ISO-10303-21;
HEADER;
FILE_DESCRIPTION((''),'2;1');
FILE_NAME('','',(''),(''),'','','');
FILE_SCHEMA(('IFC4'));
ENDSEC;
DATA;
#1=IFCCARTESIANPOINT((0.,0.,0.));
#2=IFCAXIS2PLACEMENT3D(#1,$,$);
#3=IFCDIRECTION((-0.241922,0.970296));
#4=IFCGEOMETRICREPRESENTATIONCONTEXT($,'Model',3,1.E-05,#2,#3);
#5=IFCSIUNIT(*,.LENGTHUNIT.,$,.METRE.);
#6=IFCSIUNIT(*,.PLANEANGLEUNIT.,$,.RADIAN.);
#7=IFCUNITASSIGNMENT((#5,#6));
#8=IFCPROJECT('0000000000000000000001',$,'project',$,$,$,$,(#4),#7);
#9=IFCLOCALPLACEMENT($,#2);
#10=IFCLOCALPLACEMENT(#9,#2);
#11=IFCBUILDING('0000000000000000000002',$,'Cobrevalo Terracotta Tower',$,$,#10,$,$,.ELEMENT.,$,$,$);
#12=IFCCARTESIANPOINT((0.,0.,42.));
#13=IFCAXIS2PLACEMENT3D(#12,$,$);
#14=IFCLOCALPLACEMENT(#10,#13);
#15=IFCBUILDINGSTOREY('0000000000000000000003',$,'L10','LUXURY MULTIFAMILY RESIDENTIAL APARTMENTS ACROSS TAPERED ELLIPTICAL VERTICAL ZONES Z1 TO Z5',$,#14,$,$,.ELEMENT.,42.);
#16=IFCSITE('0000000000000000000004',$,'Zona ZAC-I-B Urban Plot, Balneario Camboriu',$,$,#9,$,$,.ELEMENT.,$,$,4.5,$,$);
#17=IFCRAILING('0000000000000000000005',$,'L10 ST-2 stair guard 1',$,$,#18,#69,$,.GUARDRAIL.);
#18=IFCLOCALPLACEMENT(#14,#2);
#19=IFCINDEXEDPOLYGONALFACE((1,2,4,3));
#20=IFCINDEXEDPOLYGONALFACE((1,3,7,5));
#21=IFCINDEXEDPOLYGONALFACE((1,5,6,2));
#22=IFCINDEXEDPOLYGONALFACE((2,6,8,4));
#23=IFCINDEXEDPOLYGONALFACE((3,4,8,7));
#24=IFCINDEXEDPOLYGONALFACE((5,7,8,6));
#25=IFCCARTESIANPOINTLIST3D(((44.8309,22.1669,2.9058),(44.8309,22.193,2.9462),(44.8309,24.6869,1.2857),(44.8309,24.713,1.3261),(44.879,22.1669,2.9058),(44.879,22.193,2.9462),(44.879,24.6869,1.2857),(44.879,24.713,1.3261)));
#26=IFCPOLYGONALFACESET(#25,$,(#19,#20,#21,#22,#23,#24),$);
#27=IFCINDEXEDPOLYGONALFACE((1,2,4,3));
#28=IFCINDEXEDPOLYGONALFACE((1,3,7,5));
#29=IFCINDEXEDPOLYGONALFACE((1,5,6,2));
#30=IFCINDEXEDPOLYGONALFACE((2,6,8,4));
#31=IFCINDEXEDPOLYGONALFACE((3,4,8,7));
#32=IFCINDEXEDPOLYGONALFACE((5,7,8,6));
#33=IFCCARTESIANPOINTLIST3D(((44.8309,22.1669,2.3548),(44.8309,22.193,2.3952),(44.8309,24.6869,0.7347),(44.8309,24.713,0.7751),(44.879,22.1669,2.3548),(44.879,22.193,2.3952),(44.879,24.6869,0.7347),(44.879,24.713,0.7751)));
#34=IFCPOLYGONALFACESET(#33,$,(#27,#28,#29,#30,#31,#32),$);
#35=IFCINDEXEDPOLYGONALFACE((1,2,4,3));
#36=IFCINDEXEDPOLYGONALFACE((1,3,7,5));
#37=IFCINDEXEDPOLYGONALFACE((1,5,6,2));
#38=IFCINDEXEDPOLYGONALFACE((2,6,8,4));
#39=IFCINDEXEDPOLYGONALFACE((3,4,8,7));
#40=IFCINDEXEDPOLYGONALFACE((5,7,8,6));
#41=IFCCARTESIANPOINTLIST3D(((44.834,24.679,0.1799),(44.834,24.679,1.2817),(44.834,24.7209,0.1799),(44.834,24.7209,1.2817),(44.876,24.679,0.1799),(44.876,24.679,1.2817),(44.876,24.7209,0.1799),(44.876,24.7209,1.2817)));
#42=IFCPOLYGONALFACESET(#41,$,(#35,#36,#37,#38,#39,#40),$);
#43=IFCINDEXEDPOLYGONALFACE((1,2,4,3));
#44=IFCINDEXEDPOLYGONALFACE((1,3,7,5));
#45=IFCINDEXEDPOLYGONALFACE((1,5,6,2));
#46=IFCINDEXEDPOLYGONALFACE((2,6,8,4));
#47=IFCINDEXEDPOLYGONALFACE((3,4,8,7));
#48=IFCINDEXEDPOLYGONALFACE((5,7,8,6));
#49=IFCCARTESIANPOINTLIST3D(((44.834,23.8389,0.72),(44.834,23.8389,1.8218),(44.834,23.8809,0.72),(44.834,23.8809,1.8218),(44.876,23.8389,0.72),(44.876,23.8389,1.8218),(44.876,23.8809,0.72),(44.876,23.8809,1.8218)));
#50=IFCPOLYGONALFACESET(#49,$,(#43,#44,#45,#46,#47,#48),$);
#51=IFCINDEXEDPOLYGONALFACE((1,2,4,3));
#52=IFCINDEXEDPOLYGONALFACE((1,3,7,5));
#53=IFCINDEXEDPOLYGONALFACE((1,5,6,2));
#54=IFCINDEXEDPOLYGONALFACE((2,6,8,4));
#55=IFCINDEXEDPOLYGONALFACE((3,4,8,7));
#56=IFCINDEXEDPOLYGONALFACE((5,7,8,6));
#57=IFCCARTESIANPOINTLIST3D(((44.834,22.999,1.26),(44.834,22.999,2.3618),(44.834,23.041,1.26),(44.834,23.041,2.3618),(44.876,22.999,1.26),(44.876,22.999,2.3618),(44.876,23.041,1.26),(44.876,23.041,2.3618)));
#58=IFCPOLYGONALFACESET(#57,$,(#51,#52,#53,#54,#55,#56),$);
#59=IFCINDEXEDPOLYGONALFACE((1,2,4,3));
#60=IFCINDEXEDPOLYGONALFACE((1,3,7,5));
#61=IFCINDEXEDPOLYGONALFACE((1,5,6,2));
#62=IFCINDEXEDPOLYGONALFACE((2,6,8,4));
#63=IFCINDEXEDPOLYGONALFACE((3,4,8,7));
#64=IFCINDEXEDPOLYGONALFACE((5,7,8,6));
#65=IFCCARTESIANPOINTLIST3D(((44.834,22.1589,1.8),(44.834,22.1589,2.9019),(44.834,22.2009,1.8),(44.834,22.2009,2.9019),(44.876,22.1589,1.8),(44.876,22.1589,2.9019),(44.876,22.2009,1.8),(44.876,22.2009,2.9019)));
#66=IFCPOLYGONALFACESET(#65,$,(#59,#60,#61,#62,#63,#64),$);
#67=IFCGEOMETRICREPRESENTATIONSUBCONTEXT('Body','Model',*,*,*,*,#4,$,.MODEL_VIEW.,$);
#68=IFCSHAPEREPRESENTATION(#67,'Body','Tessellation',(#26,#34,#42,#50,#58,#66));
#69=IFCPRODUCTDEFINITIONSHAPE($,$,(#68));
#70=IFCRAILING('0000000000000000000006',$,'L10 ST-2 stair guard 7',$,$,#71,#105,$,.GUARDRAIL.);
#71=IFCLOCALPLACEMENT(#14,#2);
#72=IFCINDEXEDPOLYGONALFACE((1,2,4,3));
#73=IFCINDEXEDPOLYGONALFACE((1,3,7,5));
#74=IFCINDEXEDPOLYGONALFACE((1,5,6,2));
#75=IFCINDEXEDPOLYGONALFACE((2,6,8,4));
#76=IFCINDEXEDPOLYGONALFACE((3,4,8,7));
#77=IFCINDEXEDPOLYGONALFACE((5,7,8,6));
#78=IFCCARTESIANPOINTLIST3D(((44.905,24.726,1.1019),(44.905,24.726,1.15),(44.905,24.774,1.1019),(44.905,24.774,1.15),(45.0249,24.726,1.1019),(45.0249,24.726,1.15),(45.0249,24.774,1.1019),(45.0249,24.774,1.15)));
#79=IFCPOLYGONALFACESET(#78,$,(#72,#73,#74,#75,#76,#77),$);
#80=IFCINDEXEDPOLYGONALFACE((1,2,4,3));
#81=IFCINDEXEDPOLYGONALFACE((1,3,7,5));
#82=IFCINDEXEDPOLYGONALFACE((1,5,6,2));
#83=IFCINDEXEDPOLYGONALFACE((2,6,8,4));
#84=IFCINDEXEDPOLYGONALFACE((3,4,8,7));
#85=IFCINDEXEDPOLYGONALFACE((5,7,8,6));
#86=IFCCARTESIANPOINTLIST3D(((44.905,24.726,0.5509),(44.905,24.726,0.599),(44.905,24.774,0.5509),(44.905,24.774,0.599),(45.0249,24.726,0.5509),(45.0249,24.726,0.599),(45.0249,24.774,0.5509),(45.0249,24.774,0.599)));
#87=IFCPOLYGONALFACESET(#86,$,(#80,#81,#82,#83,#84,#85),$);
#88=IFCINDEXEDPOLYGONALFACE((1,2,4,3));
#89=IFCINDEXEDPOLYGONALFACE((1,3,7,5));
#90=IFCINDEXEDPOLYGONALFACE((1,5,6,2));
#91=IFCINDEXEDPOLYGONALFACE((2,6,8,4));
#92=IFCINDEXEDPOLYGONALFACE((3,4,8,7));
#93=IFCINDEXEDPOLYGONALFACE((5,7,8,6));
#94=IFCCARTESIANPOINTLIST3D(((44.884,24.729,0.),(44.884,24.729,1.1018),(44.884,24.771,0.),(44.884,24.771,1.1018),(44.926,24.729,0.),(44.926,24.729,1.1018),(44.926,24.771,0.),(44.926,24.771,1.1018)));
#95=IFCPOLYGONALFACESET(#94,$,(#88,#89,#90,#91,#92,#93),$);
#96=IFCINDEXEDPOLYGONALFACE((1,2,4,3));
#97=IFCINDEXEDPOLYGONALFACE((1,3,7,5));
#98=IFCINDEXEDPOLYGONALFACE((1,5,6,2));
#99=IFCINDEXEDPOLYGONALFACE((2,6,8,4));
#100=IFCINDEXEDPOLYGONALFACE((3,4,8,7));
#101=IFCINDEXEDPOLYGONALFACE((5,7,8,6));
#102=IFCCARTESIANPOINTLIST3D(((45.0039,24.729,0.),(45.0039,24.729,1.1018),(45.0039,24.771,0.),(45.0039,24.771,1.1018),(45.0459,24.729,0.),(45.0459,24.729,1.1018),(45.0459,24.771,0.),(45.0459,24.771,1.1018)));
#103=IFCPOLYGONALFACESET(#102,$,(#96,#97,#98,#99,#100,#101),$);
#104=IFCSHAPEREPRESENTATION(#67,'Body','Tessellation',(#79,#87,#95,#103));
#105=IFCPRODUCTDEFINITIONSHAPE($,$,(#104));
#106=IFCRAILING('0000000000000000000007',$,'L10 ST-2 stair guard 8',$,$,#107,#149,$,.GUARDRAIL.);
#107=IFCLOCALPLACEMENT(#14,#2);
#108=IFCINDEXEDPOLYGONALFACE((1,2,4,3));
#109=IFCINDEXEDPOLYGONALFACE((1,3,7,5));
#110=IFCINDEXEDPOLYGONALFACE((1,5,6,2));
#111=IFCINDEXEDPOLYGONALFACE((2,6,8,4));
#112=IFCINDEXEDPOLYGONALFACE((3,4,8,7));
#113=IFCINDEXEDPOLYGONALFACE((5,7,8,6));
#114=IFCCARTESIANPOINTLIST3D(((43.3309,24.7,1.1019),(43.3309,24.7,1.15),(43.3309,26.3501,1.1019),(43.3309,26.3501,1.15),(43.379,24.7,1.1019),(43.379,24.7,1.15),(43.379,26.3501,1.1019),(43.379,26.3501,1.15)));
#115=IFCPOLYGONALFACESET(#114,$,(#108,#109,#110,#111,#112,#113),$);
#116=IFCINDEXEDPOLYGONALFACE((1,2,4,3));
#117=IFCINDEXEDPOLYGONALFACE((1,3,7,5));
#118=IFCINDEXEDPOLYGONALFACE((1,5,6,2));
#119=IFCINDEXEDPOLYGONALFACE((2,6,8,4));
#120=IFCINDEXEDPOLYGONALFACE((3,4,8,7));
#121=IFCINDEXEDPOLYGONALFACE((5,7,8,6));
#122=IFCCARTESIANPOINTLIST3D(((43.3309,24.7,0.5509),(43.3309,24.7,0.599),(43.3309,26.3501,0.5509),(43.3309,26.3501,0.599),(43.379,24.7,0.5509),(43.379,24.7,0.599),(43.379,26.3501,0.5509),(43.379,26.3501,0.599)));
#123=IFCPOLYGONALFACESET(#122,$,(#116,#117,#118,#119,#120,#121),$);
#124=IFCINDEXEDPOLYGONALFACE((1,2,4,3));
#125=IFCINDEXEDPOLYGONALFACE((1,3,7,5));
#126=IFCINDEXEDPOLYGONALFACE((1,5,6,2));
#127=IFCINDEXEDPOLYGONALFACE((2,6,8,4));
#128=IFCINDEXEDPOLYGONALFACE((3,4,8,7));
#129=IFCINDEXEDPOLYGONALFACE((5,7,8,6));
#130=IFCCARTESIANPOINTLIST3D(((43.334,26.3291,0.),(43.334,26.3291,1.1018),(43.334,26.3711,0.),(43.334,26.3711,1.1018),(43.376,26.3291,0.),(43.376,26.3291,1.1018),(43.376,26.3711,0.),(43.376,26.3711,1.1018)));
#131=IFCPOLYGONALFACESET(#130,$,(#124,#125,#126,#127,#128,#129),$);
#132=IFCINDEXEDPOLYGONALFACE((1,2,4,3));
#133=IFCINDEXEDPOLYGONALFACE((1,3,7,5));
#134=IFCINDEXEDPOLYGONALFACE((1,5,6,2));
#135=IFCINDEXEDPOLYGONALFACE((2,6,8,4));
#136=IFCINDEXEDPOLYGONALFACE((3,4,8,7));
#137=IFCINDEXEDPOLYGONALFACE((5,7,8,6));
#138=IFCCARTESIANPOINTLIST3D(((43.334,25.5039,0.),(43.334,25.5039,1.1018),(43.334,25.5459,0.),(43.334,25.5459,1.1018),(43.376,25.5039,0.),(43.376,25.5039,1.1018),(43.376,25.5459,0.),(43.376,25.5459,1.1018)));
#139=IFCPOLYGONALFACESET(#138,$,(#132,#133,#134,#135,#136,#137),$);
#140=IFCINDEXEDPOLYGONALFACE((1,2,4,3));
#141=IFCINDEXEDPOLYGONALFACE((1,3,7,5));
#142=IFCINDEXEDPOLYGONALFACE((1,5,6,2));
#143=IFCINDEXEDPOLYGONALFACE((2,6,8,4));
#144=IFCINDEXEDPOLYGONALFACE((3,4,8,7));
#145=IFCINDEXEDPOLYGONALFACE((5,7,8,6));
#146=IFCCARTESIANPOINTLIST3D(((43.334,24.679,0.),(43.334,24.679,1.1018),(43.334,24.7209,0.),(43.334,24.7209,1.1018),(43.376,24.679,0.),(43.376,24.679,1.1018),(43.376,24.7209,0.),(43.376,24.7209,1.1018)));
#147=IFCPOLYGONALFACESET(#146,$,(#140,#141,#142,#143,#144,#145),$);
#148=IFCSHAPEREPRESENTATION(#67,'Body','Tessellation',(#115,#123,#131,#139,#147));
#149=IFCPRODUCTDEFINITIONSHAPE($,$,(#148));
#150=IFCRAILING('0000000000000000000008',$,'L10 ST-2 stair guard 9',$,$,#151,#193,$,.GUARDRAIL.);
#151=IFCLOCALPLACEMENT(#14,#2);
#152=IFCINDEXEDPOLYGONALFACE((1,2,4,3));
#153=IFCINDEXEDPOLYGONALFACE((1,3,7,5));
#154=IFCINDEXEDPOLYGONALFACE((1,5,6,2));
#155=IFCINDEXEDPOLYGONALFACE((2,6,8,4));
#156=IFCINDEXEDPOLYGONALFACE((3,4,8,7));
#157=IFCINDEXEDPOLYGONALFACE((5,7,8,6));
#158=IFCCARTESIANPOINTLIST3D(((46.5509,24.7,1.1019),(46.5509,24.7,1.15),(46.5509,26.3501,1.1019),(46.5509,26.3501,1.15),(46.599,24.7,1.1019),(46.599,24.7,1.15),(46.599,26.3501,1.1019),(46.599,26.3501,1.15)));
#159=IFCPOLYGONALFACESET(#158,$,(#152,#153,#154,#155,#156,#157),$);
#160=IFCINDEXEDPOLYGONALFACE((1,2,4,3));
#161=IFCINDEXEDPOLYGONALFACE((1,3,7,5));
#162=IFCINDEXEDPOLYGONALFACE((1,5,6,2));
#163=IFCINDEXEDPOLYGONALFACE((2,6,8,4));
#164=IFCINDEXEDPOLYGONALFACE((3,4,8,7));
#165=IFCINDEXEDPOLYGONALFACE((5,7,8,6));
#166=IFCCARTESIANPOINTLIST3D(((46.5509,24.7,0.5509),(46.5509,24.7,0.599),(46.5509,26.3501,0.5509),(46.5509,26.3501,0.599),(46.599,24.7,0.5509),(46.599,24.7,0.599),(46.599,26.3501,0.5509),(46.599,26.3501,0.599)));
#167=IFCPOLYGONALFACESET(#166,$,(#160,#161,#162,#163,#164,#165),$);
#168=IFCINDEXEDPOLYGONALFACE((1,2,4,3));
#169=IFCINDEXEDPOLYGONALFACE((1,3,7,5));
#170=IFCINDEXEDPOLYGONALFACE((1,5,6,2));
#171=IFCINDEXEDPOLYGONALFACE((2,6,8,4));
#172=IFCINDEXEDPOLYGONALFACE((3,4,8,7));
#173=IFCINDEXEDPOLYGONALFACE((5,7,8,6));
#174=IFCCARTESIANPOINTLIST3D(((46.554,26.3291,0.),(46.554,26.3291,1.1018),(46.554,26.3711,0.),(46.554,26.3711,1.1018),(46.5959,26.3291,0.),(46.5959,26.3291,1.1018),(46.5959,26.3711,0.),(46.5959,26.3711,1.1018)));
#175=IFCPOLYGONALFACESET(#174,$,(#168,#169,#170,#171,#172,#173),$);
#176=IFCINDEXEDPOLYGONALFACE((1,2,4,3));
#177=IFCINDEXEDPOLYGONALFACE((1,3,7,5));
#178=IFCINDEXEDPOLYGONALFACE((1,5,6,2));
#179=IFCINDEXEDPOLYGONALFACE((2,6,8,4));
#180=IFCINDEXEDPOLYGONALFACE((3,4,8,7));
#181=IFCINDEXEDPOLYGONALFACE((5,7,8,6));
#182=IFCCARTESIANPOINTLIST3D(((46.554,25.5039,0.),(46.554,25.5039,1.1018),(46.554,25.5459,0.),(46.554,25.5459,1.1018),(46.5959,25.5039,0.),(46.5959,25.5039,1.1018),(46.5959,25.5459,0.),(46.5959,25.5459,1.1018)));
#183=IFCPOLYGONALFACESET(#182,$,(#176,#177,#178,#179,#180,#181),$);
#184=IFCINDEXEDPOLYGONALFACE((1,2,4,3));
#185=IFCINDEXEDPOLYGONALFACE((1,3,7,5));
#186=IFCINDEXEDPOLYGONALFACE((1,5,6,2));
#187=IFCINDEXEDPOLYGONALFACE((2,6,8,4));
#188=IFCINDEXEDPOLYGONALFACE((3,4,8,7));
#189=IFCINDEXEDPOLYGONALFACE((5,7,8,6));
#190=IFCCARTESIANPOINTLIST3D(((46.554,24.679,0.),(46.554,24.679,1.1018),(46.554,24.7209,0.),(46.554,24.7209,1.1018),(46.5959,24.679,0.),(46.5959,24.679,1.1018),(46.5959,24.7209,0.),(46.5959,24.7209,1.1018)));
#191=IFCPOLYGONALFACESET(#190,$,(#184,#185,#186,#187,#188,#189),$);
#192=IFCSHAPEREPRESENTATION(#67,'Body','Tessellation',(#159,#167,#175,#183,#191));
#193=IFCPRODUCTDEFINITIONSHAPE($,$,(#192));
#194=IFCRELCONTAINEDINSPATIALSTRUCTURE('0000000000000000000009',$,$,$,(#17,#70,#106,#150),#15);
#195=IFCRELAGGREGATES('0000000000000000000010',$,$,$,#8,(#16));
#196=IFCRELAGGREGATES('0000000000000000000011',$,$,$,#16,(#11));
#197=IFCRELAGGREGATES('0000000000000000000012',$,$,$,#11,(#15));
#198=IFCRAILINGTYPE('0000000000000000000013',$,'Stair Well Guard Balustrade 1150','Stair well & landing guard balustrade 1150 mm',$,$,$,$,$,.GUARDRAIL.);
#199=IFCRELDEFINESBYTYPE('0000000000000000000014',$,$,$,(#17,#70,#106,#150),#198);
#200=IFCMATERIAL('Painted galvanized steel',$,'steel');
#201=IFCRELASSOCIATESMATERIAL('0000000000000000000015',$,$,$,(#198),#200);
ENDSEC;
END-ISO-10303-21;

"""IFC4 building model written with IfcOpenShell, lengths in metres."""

from ifc_helpers import new_model, si_unit, direction, frame, origin, origin_2d, place, context, subcontext, project, spatial, rectangle, extrude, material, type_object, element, save


model = new_model("IFC4")

# Units and contexts
model_context = context("Model", 3, precision=1e-05, world=origin(), true_north=direction((-0.241922, 0.970296)))
body_context = subcontext(model_context, "Body", "Model", "MODEL_VIEW")
ifc_project = project(units=[si_unit("LENGTHUNIT", "METRE"), si_unit("PLANEANGLEUNIT", "RADIAN")], contexts=[model_context])

# Site, building, storey
site_placement = place(None, origin())
site = spatial("IfcSite", under=ifc_project, at=site_placement, Name="Zona ZAC-I-B Urban Plot, Balneario Camboriu", CompositionType="ELEMENT", RefElevation=4.5)
building_placement = place(site_placement, origin())
building = spatial("IfcBuilding", under=site, at=building_placement, Name="Cobrevalo Terracotta Tower", CompositionType="ELEMENT")
storey_placement = place(building_placement, frame((0.0, 0.0, 42.0)))
storey = spatial("IfcBuildingStorey", under=building, at=storey_placement, Name="L10", Description="LUXURY MULTIFAMILY RESIDENTIAL APARTMENTS ACROSS TAPERED ELLIPTICAL VERTICAL ZONES Z1 TO Z5", CompositionType="ELEMENT", Elevation=42.0)

# Railings
ifc_material_1 = material(Name="Painted galvanized steel", Category="steel")
railing_type_1 = type_object("IfcRailingType", Name="Stair Well Guard Balustrade 1150", Description="Stair well & landing guard balustrade 1150 mm", PredefinedType="GUARDRAIL", material=ifc_material_1)
railing_1_placement = place(storey_placement, frame((44.855, 24.7, 0.1799)))
element("IfcRailing", 1, at=railing_1_placement, inside=storey, type_object=railing_type_1, Name="L10 ST-2 stair guard 1", PredefinedType="GUARDRAIL", context=body_context, shape_type="SweptSolid", body=[
    extrude(rectangle(XDim=0.0481, YDim=0.0481, at=origin_2d()), frame((0.0, 0.0, 1.126), z_axis=(0.0, -0.841163, 0.540782), x_axis=(1.0, 0.0, 0.0)), (0.0, 0.0, 1.0), 2.9958),
    extrude(rectangle(XDim=0.0481, YDim=0.0481, at=origin_2d()), frame((0.0, 0.0, 0.575), z_axis=(0.0, -0.841163, 0.540782), x_axis=(1.0, 0.0, 0.0)), (0.0, 0.0, 1.0), 2.9958),
    extrude(rectangle(XDim=0.042, YDim=0.042, at=origin_2d()), origin(), (0.0, 0.0, 1.0), 1.1018),
    extrude(rectangle(XDim=0.042, YDim=0.042, at=origin_2d()), frame((0.0, -0.8401, 0.54)), (0.0, 0.0, 1.0), 1.1018),
    extrude(rectangle(XDim=0.042, YDim=0.042, at=origin_2d()), frame((0.0, -1.6799, 1.0801)), (0.0, 0.0, 1.0), 1.1018),
    extrude(rectangle(XDim=0.042, YDim=0.042, at=origin_2d()), frame((0.0, -2.52, 1.6201)), (0.0, 0.0, 1.0), 1.1018),
])
railing_2_placement = place(storey_placement, frame((44.905, 24.75, 0.0)))
element("IfcRailing", 2, at=railing_2_placement, inside=storey, type_object=railing_type_1, Name="L10 ST-2 stair guard 7", PredefinedType="GUARDRAIL", context=body_context, shape_type="SweptSolid", body=[
    extrude(rectangle(XDim=0.0481, YDim=0.0481, at=origin_2d()), frame((0.0, 0.0, 1.126), z_axis=(1.0, 0.0, 0.0), x_axis=(0.0, 1.0, 0.0)), (0.0, 0.0, 1.0), 0.1199),
    extrude(rectangle(XDim=0.0481, YDim=0.0481, at=origin_2d()), frame((0.0, 0.0, 0.575), z_axis=(1.0, 0.0, 0.0), x_axis=(0.0, 1.0, 0.0)), (0.0, 0.0, 1.0), 0.1199),
    extrude(rectangle(XDim=0.042, YDim=0.042, at=origin_2d()), origin(), (0.0, 0.0, 1.0), 1.1018),
    extrude(rectangle(XDim=0.042, YDim=0.042, at=origin_2d()), frame((0.1199, 0.0, 0.0)), (0.0, 0.0, 1.0), 1.1018),
])
for number, where, name in (
    (3, (43.355, 26.3501, 0.0), "L10 ST-2 stair guard 8"),
    (4, (46.575, 26.3501, 0.0), "L10 ST-2 stair guard 9"),
):
    element("IfcRailing", number, at=place(storey_placement, frame(where)), inside=storey, type_object=railing_type_1, Name=name, PredefinedType="GUARDRAIL", context=body_context, shape_type="SweptSolid", body=[
        extrude(rectangle(XDim=0.0481, YDim=0.0481, at=origin_2d()), frame((0.0, 0.0, 1.126), z_axis=(0.0, -1.0, 0.0), x_axis=(1.0, 0.0, 0.0)), (0.0, 0.0, 1.0), 1.6501),
        extrude(rectangle(XDim=0.0481, YDim=0.0481, at=origin_2d()), frame((0.0, 0.0, 0.575), z_axis=(0.0, -1.0, 0.0), x_axis=(1.0, 0.0, 0.0)), (0.0, 0.0, 1.0), 1.6501),
        extrude(rectangle(XDim=0.042, YDim=0.042, at=origin_2d()), origin(), (0.0, 0.0, 1.0), 1.1018),
        extrude(rectangle(XDim=0.042, YDim=0.042, at=origin_2d()), frame((0.0, -0.8252, 0.0)), (0.0, 0.0, 1.0), 1.1018),
        extrude(rectangle(XDim=0.042, YDim=0.042, at=origin_2d()), frame((0.0, -1.6501, 0.0)), (0.0, 0.0, 1.0), 1.1018),
    ])

save(model, "model.ifc")
